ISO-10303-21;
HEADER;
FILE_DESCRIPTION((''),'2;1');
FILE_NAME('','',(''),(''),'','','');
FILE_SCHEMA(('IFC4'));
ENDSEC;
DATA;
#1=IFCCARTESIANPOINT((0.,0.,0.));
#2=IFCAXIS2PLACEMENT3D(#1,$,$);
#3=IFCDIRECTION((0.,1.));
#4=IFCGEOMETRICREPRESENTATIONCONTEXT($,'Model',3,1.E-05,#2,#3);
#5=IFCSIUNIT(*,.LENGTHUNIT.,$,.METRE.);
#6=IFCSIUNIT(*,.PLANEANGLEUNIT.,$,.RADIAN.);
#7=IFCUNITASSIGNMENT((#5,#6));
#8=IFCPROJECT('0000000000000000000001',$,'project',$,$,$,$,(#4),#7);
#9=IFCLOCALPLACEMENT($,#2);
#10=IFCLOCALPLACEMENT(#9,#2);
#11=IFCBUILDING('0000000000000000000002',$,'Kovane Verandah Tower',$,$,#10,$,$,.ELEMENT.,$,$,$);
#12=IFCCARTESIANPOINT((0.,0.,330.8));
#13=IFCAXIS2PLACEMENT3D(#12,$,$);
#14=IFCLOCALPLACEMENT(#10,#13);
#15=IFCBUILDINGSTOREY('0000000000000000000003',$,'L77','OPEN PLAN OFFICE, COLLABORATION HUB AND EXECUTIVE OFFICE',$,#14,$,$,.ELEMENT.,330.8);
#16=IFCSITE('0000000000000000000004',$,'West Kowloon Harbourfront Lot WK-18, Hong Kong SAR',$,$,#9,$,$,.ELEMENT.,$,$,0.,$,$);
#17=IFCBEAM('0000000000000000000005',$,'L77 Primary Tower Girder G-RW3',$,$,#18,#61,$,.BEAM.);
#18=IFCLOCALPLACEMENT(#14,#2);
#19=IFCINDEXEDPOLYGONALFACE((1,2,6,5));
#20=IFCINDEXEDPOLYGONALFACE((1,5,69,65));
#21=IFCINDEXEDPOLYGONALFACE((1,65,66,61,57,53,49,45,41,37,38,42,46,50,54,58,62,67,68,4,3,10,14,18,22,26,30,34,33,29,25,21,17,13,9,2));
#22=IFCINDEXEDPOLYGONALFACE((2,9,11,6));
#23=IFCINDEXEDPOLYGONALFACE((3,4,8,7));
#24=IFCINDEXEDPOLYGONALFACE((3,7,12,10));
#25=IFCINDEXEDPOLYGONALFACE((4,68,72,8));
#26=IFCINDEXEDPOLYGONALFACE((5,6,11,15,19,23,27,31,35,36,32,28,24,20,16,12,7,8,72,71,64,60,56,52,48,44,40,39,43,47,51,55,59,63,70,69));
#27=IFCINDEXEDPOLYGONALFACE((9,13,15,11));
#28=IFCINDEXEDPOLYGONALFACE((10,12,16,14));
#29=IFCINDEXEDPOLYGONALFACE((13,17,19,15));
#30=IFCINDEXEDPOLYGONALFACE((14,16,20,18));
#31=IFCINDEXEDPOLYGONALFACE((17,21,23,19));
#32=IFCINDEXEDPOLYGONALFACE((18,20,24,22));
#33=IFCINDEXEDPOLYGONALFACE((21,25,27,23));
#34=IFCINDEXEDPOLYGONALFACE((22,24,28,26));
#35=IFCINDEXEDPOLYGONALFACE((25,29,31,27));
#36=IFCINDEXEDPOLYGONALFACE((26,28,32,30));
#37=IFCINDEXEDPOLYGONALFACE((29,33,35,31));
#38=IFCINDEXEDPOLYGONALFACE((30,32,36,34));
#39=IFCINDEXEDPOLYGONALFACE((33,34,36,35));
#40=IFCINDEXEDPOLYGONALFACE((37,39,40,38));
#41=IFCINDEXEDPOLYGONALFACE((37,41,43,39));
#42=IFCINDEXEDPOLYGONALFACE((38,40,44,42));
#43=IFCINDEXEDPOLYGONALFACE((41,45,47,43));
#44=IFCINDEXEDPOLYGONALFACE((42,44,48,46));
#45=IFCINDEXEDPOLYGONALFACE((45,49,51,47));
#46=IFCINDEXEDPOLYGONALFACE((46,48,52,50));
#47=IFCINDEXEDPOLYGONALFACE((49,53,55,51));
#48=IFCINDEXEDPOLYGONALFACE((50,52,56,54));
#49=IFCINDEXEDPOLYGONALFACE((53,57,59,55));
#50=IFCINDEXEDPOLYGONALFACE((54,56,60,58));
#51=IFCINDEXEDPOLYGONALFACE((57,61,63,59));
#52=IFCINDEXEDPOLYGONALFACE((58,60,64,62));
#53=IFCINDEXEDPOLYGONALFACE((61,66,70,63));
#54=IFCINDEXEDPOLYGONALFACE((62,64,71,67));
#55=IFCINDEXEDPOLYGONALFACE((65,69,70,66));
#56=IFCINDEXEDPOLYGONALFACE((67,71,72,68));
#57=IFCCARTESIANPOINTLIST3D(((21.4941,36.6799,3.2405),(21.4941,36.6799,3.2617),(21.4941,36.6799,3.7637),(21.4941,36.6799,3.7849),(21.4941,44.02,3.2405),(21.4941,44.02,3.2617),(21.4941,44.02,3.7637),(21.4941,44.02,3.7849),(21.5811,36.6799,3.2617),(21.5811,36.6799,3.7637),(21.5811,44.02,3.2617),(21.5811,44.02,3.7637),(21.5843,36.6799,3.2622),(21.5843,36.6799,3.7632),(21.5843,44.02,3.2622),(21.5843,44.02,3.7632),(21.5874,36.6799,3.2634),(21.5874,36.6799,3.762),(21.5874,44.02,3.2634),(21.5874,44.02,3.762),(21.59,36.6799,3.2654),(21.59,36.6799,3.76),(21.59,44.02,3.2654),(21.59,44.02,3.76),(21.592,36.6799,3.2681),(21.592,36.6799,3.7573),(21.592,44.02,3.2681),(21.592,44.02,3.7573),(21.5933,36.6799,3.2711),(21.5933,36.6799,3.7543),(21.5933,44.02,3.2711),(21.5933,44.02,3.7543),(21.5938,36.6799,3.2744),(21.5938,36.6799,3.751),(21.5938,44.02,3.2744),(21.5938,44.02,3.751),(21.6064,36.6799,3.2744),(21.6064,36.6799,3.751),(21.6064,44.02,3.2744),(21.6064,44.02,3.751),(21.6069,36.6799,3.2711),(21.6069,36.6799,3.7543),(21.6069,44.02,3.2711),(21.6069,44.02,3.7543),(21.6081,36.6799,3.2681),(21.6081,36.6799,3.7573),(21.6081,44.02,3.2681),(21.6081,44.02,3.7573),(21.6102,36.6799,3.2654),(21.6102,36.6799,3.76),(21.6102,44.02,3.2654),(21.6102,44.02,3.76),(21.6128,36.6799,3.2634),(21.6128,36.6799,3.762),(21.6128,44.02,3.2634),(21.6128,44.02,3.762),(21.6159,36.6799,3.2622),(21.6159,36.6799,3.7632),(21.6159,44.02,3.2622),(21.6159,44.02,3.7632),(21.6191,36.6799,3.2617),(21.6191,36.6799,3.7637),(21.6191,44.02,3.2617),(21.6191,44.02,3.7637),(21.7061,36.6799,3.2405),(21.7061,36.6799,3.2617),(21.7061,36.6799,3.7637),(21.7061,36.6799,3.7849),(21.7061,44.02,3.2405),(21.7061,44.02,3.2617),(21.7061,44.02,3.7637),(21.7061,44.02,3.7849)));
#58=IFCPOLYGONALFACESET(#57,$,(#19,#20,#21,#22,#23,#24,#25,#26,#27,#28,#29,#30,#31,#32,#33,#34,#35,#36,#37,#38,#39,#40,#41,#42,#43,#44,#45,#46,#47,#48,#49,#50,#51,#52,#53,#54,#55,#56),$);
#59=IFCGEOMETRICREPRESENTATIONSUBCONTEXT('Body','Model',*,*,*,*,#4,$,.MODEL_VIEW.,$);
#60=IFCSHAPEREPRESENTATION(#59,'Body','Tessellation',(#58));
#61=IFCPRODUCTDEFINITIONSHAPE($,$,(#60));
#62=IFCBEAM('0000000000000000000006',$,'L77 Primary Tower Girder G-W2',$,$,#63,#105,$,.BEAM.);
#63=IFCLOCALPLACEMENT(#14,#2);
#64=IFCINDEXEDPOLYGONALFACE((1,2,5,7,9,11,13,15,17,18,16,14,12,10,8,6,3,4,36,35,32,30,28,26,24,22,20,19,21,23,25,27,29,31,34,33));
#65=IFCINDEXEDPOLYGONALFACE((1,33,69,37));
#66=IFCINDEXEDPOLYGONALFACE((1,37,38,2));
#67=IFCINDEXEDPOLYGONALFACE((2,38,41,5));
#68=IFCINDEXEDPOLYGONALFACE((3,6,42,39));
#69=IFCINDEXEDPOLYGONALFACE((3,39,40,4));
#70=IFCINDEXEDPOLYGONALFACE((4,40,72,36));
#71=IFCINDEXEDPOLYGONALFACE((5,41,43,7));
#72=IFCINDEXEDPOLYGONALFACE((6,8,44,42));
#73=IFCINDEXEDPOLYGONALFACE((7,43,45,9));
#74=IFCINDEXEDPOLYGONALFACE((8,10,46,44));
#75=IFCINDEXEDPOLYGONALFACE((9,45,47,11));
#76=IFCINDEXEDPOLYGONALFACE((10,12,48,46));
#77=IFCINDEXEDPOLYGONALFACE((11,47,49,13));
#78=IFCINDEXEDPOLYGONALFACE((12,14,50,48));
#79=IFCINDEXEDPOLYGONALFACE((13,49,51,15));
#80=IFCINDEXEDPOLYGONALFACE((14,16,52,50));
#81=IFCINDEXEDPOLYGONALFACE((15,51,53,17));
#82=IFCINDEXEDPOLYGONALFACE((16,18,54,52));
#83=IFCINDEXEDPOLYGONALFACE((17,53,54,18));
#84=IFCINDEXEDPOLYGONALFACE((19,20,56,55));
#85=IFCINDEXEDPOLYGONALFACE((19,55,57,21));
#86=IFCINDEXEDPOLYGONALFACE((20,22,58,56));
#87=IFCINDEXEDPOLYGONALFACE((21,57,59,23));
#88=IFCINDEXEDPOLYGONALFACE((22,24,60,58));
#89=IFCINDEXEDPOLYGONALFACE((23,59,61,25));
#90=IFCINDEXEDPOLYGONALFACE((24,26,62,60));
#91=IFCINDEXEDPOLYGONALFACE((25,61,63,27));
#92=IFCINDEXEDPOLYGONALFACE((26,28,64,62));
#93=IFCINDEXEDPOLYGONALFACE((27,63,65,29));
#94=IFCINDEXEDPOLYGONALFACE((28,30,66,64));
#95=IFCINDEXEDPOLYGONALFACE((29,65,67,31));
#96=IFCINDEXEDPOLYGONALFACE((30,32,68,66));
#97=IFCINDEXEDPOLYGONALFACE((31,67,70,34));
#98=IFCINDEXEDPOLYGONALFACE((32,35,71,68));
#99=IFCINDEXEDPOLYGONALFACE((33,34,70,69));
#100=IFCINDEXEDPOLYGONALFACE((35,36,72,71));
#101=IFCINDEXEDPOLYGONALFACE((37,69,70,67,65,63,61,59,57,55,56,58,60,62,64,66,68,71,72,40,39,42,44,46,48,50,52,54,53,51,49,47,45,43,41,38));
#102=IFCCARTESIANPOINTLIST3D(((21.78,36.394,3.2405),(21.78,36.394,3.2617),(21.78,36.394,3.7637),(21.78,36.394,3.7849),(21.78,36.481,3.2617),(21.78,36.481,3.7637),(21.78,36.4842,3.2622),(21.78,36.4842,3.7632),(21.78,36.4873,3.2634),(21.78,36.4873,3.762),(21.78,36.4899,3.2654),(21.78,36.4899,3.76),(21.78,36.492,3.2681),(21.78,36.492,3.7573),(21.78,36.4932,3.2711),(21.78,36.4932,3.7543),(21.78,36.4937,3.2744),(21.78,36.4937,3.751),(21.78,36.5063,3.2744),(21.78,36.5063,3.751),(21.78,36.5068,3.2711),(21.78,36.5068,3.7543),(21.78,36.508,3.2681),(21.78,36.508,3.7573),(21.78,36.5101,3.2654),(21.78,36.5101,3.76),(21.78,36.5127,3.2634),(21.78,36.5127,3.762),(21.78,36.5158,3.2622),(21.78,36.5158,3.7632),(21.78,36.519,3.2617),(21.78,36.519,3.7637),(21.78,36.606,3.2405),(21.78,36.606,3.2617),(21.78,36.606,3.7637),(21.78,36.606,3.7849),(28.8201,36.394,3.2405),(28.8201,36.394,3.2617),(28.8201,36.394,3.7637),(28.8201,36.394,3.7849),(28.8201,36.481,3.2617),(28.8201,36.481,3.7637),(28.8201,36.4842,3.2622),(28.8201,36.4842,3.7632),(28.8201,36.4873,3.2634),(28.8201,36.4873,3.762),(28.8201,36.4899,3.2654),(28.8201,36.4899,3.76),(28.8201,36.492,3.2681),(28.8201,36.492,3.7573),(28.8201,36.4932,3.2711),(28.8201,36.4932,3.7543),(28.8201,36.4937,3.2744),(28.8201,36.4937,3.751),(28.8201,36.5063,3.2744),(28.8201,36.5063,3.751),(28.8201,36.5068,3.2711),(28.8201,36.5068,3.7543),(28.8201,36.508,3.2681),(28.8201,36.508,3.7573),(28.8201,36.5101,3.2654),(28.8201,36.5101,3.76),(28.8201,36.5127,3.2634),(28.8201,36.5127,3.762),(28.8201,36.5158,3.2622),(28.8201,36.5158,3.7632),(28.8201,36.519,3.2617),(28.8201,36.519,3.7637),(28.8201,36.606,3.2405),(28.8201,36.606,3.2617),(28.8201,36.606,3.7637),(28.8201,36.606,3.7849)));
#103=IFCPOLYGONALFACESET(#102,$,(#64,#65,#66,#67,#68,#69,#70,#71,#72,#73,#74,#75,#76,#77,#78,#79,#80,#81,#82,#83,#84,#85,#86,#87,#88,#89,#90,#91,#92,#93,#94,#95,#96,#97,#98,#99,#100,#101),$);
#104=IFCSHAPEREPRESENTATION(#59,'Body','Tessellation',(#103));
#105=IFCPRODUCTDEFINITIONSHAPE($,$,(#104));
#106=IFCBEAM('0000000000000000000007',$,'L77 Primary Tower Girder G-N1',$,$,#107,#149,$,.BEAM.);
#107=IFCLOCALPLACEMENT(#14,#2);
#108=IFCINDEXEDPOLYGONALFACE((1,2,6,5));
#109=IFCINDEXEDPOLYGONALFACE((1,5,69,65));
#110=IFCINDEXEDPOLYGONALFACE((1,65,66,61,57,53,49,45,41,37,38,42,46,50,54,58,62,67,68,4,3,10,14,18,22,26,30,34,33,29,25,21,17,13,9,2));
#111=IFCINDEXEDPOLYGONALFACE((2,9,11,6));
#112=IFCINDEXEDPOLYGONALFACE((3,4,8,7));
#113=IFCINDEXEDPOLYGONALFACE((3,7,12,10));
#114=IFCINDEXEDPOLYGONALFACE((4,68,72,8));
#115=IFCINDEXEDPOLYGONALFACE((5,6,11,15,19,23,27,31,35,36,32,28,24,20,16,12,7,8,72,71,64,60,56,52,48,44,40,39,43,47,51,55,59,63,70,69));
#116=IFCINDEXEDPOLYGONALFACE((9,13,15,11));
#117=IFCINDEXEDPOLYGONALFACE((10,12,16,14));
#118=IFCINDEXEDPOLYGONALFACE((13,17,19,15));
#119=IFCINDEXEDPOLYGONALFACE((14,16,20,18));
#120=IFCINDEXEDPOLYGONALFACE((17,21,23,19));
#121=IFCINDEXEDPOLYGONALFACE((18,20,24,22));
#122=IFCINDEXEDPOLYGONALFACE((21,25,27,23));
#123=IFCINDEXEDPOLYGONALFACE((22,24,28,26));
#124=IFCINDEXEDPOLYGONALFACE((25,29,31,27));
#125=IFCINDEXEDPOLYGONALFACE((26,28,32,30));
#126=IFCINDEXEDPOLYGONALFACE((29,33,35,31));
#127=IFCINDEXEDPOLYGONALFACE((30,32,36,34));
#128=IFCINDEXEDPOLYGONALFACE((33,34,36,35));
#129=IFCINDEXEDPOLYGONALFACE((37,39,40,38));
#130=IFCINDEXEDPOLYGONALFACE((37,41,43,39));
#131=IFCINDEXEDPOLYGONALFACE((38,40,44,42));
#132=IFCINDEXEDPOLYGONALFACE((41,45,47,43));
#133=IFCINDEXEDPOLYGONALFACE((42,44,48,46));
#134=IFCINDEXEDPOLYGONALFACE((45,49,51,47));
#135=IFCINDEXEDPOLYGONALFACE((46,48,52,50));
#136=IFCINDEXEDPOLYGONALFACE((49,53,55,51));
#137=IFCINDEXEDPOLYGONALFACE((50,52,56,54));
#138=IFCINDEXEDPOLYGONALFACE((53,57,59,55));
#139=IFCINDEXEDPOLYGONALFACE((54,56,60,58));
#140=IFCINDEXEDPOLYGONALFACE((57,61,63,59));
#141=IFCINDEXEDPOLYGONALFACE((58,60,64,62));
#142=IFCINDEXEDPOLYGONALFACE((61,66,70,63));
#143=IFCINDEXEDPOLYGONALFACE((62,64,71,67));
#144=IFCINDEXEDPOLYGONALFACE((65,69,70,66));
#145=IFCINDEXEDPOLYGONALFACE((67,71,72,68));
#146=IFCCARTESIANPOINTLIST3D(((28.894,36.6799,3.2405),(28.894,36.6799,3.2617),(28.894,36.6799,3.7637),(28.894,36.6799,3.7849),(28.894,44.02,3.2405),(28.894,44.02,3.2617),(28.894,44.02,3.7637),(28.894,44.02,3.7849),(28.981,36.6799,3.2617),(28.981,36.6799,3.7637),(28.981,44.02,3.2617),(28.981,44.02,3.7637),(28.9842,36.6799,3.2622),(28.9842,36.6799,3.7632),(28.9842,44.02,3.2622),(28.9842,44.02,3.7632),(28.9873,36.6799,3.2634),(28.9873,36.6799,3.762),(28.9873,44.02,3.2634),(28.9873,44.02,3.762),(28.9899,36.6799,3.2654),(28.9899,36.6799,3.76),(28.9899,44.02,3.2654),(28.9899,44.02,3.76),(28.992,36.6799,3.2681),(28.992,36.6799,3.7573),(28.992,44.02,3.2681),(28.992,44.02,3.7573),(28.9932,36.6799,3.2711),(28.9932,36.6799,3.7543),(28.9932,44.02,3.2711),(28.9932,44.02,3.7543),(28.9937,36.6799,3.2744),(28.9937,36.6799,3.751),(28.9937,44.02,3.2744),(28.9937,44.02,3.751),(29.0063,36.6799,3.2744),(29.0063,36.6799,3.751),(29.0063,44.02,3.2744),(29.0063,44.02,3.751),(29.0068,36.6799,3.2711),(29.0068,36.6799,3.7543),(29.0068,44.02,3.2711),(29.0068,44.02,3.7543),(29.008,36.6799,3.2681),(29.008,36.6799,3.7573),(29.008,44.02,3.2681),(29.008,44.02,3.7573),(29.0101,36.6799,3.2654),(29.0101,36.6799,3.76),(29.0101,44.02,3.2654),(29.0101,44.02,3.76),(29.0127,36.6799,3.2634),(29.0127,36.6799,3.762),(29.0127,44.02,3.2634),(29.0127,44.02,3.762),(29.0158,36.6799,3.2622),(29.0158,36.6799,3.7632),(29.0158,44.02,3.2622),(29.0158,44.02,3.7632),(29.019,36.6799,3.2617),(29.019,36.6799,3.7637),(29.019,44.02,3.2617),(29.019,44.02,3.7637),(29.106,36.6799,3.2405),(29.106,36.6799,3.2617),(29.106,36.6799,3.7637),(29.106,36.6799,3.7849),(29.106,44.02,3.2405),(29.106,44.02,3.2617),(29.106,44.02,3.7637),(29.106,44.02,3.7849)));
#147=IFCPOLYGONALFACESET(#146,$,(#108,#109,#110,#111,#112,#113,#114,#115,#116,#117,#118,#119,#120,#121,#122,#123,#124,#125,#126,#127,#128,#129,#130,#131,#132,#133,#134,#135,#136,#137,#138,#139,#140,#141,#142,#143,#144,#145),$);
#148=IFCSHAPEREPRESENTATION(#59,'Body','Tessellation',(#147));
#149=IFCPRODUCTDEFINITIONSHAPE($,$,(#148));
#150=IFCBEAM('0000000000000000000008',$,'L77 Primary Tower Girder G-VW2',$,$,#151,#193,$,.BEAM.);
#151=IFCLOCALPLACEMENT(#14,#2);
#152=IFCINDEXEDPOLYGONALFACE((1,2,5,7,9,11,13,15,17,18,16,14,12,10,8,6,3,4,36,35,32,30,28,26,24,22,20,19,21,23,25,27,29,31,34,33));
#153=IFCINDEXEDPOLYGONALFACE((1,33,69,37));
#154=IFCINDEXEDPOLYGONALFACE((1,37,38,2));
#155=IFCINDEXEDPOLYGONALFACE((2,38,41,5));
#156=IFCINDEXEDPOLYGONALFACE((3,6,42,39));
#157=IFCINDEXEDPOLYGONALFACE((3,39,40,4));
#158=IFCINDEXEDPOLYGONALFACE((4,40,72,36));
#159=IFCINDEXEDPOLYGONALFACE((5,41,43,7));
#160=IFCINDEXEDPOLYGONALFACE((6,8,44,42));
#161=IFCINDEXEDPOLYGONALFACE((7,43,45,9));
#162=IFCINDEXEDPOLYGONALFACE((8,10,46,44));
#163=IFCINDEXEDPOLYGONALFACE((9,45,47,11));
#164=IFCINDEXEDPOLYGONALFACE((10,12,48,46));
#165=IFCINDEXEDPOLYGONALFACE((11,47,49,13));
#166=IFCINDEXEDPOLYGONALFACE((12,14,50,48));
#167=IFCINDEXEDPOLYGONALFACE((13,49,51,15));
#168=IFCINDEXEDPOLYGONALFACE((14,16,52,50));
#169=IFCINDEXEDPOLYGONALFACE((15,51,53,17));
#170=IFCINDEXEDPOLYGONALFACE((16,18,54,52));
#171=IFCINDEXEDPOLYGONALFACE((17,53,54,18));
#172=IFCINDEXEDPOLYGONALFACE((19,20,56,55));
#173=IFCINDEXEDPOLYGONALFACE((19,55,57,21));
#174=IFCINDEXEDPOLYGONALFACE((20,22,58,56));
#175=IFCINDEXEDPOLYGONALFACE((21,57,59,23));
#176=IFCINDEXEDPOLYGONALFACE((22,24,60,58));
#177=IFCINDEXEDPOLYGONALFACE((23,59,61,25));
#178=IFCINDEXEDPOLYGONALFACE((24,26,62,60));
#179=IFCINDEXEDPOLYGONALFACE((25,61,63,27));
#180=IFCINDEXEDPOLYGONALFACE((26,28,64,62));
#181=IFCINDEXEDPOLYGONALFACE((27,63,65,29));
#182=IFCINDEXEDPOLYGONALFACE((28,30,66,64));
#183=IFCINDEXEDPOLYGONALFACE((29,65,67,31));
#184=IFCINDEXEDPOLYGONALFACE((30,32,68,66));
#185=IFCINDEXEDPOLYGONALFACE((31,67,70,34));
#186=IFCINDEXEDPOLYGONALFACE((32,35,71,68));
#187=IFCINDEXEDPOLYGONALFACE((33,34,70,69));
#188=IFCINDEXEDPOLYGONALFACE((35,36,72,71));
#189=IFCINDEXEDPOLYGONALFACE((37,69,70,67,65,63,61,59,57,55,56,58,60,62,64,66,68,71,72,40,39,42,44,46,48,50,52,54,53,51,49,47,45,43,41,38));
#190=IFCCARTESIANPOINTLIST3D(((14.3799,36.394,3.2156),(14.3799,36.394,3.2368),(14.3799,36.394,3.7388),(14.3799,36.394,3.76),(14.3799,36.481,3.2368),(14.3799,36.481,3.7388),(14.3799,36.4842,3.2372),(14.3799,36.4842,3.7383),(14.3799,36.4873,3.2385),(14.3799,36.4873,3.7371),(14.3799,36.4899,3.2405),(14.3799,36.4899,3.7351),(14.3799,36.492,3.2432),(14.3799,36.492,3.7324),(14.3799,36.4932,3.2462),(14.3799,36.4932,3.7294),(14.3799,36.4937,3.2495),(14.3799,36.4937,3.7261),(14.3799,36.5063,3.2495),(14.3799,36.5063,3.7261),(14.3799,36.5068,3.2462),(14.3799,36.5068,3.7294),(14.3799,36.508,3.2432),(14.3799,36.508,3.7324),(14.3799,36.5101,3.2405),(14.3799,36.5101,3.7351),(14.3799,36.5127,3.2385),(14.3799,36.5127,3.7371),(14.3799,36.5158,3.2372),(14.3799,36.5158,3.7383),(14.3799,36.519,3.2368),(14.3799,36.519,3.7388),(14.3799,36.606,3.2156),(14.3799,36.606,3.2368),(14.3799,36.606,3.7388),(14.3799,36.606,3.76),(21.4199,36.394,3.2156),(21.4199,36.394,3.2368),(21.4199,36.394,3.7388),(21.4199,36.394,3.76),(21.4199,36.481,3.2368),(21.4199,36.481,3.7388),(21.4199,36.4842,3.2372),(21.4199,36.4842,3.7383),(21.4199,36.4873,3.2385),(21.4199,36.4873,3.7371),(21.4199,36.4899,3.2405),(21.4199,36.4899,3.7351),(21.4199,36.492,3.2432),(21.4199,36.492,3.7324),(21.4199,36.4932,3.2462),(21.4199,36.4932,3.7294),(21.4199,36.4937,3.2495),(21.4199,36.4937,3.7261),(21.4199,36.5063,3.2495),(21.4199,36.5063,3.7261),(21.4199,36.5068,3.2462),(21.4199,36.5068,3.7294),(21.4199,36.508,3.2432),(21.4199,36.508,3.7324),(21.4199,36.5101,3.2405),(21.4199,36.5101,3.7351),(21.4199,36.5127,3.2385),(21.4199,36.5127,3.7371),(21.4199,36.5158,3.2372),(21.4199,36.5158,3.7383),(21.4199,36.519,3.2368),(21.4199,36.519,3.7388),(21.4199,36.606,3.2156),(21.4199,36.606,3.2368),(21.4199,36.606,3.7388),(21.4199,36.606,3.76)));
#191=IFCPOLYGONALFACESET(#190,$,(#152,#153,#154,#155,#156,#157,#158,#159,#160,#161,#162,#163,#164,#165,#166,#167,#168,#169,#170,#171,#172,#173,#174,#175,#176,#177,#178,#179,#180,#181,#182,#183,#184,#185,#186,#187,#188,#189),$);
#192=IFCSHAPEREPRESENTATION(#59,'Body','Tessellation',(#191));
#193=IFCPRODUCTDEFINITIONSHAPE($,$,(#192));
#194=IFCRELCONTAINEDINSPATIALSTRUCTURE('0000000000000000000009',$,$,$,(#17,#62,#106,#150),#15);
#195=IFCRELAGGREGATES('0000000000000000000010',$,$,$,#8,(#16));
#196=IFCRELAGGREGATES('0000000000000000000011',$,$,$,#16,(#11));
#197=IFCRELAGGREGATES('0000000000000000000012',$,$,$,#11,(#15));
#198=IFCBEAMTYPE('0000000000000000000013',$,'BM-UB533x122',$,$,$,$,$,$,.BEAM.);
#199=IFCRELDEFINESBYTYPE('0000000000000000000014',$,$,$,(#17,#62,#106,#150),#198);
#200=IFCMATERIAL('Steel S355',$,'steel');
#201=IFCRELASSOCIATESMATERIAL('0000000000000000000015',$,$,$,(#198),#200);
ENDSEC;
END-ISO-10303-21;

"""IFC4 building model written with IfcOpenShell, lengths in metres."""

from ifc_helpers import new_model, si_unit, direction, frame, origin, origin_2d, place, context, subcontext, project, spatial, i_section, extrude, material, material_profile, profile_set, type_object, element, save


model = new_model("IFC4")

# Units and contexts
model_context = context("Model", 3, precision=1e-05, world=origin(), true_north=direction((0.0, 1.0)))
body_context = subcontext(model_context, "Body", "Model", "MODEL_VIEW")
ifc_project = project(units=[si_unit("LENGTHUNIT", "METRE"), si_unit("PLANEANGLEUNIT", "RADIAN")], contexts=[model_context])

# Site, building, storey
site_placement = place(None, origin())
site = spatial("IfcSite", under=ifc_project, at=site_placement, Name="West Kowloon Harbourfront Lot WK-18, Hong Kong SAR", CompositionType="ELEMENT", RefElevation=0.0)
building_placement = place(site_placement, origin())
building = spatial("IfcBuilding", under=site, at=building_placement, Name="Kovane Verandah Tower", CompositionType="ELEMENT")
storey_placement = place(building_placement, frame((0.0, 0.0, 330.8)))
storey = spatial("IfcBuildingStorey", under=building, at=storey_placement, Name="L77", Description="OPEN PLAN OFFICE, COLLABORATION HUB AND EXECUTIVE OFFICE", CompositionType="ELEMENT", Elevation=330.8)

# Beams
ifc_material_1 = material(Name="Steel S355", Category="steel")
ifc_material_profile_1 = material_profile(ifc_material_1, i_section(OverallWidth=0.2119, OverallDepth=0.5444, WebThickness=0.0127, FlangeThickness=0.0212, FilletRadius=0.0127, at=origin_2d()), Name="UB533x210x122")
ifc_profile_set_1 = profile_set([ifc_material_profile_1], Name="Steel S355")
beam_type_1 = type_object("IfcBeamType", Name="BM-UB533x122", PredefinedType="BEAM", material=ifc_profile_set_1)
beam_1_placement = place(storey_placement, frame((21.6001, 36.6799, 3.5127), z_axis=(0.0, 1.0, 0.0), x_axis=(-1.0, 0.0, 0.0)))
element("IfcBeam", 1, at=beam_1_placement, inside=storey, type_object=beam_type_1, Name="L77 Primary Tower Girder G-RW3", PredefinedType="BEAM", context=body_context, shape_type="SweptSolid", body=[
    extrude(i_section(OverallWidth=0.2119, OverallDepth=0.5444, WebThickness=0.0127, FlangeThickness=0.0212, FilletRadius=0.0127, at=origin_2d()), origin(), (0.0, 0.0, 1.0), 7.3401),
])
beam_2_placement = place(storey_placement, frame((28.8201, 36.5, 3.5127), z_axis=(-1.0, 0.0, 0.0), x_axis=(0.0, -1.0, 0.0)))
element("IfcBeam", 2, at=beam_2_placement, inside=storey, type_object=beam_type_1, Name="L77 Primary Tower Girder G-W2", PredefinedType="BEAM", context=body_context, shape_type="SweptSolid", body=[
    extrude(i_section(OverallWidth=0.2119, OverallDepth=0.5444, WebThickness=0.0127, FlangeThickness=0.0212, FilletRadius=0.0127, at=origin_2d()), origin(), (0.0, 0.0, 1.0), 7.04),
])
beam_3_placement = place(storey_placement, frame((29.0, 36.6799, 3.5127), z_axis=(0.0, 1.0, 0.0), x_axis=(-1.0, 0.0, 0.0)))
element("IfcBeam", 3, at=beam_3_placement, inside=storey, type_object=beam_type_1, Name="L77 Primary Tower Girder G-N1", PredefinedType="BEAM", context=body_context, shape_type="SweptSolid", body=[
    extrude(i_section(OverallWidth=0.2119, OverallDepth=0.5444, WebThickness=0.0127, FlangeThickness=0.0212, FilletRadius=0.0127, at=origin_2d()), origin(), (0.0, 0.0, 1.0), 7.3401),
])
beam_4_placement = place(storey_placement, frame((21.4199, 36.5, 3.4878), z_axis=(-1.0, 0.0, 0.0), x_axis=(0.0, -1.0, 0.0)))
element("IfcBeam", 4, at=beam_4_placement, inside=storey, type_object=beam_type_1, Name="L77 Primary Tower Girder G-VW2", PredefinedType="BEAM", context=body_context, shape_type="SweptSolid", body=[
    extrude(i_section(OverallWidth=0.2119, OverallDepth=0.5444, WebThickness=0.0127, FlangeThickness=0.0212, FilletRadius=0.0127, at=origin_2d()), origin(), (0.0, 0.0, 1.0), 7.04),
])

save(model, "model.ifc")
